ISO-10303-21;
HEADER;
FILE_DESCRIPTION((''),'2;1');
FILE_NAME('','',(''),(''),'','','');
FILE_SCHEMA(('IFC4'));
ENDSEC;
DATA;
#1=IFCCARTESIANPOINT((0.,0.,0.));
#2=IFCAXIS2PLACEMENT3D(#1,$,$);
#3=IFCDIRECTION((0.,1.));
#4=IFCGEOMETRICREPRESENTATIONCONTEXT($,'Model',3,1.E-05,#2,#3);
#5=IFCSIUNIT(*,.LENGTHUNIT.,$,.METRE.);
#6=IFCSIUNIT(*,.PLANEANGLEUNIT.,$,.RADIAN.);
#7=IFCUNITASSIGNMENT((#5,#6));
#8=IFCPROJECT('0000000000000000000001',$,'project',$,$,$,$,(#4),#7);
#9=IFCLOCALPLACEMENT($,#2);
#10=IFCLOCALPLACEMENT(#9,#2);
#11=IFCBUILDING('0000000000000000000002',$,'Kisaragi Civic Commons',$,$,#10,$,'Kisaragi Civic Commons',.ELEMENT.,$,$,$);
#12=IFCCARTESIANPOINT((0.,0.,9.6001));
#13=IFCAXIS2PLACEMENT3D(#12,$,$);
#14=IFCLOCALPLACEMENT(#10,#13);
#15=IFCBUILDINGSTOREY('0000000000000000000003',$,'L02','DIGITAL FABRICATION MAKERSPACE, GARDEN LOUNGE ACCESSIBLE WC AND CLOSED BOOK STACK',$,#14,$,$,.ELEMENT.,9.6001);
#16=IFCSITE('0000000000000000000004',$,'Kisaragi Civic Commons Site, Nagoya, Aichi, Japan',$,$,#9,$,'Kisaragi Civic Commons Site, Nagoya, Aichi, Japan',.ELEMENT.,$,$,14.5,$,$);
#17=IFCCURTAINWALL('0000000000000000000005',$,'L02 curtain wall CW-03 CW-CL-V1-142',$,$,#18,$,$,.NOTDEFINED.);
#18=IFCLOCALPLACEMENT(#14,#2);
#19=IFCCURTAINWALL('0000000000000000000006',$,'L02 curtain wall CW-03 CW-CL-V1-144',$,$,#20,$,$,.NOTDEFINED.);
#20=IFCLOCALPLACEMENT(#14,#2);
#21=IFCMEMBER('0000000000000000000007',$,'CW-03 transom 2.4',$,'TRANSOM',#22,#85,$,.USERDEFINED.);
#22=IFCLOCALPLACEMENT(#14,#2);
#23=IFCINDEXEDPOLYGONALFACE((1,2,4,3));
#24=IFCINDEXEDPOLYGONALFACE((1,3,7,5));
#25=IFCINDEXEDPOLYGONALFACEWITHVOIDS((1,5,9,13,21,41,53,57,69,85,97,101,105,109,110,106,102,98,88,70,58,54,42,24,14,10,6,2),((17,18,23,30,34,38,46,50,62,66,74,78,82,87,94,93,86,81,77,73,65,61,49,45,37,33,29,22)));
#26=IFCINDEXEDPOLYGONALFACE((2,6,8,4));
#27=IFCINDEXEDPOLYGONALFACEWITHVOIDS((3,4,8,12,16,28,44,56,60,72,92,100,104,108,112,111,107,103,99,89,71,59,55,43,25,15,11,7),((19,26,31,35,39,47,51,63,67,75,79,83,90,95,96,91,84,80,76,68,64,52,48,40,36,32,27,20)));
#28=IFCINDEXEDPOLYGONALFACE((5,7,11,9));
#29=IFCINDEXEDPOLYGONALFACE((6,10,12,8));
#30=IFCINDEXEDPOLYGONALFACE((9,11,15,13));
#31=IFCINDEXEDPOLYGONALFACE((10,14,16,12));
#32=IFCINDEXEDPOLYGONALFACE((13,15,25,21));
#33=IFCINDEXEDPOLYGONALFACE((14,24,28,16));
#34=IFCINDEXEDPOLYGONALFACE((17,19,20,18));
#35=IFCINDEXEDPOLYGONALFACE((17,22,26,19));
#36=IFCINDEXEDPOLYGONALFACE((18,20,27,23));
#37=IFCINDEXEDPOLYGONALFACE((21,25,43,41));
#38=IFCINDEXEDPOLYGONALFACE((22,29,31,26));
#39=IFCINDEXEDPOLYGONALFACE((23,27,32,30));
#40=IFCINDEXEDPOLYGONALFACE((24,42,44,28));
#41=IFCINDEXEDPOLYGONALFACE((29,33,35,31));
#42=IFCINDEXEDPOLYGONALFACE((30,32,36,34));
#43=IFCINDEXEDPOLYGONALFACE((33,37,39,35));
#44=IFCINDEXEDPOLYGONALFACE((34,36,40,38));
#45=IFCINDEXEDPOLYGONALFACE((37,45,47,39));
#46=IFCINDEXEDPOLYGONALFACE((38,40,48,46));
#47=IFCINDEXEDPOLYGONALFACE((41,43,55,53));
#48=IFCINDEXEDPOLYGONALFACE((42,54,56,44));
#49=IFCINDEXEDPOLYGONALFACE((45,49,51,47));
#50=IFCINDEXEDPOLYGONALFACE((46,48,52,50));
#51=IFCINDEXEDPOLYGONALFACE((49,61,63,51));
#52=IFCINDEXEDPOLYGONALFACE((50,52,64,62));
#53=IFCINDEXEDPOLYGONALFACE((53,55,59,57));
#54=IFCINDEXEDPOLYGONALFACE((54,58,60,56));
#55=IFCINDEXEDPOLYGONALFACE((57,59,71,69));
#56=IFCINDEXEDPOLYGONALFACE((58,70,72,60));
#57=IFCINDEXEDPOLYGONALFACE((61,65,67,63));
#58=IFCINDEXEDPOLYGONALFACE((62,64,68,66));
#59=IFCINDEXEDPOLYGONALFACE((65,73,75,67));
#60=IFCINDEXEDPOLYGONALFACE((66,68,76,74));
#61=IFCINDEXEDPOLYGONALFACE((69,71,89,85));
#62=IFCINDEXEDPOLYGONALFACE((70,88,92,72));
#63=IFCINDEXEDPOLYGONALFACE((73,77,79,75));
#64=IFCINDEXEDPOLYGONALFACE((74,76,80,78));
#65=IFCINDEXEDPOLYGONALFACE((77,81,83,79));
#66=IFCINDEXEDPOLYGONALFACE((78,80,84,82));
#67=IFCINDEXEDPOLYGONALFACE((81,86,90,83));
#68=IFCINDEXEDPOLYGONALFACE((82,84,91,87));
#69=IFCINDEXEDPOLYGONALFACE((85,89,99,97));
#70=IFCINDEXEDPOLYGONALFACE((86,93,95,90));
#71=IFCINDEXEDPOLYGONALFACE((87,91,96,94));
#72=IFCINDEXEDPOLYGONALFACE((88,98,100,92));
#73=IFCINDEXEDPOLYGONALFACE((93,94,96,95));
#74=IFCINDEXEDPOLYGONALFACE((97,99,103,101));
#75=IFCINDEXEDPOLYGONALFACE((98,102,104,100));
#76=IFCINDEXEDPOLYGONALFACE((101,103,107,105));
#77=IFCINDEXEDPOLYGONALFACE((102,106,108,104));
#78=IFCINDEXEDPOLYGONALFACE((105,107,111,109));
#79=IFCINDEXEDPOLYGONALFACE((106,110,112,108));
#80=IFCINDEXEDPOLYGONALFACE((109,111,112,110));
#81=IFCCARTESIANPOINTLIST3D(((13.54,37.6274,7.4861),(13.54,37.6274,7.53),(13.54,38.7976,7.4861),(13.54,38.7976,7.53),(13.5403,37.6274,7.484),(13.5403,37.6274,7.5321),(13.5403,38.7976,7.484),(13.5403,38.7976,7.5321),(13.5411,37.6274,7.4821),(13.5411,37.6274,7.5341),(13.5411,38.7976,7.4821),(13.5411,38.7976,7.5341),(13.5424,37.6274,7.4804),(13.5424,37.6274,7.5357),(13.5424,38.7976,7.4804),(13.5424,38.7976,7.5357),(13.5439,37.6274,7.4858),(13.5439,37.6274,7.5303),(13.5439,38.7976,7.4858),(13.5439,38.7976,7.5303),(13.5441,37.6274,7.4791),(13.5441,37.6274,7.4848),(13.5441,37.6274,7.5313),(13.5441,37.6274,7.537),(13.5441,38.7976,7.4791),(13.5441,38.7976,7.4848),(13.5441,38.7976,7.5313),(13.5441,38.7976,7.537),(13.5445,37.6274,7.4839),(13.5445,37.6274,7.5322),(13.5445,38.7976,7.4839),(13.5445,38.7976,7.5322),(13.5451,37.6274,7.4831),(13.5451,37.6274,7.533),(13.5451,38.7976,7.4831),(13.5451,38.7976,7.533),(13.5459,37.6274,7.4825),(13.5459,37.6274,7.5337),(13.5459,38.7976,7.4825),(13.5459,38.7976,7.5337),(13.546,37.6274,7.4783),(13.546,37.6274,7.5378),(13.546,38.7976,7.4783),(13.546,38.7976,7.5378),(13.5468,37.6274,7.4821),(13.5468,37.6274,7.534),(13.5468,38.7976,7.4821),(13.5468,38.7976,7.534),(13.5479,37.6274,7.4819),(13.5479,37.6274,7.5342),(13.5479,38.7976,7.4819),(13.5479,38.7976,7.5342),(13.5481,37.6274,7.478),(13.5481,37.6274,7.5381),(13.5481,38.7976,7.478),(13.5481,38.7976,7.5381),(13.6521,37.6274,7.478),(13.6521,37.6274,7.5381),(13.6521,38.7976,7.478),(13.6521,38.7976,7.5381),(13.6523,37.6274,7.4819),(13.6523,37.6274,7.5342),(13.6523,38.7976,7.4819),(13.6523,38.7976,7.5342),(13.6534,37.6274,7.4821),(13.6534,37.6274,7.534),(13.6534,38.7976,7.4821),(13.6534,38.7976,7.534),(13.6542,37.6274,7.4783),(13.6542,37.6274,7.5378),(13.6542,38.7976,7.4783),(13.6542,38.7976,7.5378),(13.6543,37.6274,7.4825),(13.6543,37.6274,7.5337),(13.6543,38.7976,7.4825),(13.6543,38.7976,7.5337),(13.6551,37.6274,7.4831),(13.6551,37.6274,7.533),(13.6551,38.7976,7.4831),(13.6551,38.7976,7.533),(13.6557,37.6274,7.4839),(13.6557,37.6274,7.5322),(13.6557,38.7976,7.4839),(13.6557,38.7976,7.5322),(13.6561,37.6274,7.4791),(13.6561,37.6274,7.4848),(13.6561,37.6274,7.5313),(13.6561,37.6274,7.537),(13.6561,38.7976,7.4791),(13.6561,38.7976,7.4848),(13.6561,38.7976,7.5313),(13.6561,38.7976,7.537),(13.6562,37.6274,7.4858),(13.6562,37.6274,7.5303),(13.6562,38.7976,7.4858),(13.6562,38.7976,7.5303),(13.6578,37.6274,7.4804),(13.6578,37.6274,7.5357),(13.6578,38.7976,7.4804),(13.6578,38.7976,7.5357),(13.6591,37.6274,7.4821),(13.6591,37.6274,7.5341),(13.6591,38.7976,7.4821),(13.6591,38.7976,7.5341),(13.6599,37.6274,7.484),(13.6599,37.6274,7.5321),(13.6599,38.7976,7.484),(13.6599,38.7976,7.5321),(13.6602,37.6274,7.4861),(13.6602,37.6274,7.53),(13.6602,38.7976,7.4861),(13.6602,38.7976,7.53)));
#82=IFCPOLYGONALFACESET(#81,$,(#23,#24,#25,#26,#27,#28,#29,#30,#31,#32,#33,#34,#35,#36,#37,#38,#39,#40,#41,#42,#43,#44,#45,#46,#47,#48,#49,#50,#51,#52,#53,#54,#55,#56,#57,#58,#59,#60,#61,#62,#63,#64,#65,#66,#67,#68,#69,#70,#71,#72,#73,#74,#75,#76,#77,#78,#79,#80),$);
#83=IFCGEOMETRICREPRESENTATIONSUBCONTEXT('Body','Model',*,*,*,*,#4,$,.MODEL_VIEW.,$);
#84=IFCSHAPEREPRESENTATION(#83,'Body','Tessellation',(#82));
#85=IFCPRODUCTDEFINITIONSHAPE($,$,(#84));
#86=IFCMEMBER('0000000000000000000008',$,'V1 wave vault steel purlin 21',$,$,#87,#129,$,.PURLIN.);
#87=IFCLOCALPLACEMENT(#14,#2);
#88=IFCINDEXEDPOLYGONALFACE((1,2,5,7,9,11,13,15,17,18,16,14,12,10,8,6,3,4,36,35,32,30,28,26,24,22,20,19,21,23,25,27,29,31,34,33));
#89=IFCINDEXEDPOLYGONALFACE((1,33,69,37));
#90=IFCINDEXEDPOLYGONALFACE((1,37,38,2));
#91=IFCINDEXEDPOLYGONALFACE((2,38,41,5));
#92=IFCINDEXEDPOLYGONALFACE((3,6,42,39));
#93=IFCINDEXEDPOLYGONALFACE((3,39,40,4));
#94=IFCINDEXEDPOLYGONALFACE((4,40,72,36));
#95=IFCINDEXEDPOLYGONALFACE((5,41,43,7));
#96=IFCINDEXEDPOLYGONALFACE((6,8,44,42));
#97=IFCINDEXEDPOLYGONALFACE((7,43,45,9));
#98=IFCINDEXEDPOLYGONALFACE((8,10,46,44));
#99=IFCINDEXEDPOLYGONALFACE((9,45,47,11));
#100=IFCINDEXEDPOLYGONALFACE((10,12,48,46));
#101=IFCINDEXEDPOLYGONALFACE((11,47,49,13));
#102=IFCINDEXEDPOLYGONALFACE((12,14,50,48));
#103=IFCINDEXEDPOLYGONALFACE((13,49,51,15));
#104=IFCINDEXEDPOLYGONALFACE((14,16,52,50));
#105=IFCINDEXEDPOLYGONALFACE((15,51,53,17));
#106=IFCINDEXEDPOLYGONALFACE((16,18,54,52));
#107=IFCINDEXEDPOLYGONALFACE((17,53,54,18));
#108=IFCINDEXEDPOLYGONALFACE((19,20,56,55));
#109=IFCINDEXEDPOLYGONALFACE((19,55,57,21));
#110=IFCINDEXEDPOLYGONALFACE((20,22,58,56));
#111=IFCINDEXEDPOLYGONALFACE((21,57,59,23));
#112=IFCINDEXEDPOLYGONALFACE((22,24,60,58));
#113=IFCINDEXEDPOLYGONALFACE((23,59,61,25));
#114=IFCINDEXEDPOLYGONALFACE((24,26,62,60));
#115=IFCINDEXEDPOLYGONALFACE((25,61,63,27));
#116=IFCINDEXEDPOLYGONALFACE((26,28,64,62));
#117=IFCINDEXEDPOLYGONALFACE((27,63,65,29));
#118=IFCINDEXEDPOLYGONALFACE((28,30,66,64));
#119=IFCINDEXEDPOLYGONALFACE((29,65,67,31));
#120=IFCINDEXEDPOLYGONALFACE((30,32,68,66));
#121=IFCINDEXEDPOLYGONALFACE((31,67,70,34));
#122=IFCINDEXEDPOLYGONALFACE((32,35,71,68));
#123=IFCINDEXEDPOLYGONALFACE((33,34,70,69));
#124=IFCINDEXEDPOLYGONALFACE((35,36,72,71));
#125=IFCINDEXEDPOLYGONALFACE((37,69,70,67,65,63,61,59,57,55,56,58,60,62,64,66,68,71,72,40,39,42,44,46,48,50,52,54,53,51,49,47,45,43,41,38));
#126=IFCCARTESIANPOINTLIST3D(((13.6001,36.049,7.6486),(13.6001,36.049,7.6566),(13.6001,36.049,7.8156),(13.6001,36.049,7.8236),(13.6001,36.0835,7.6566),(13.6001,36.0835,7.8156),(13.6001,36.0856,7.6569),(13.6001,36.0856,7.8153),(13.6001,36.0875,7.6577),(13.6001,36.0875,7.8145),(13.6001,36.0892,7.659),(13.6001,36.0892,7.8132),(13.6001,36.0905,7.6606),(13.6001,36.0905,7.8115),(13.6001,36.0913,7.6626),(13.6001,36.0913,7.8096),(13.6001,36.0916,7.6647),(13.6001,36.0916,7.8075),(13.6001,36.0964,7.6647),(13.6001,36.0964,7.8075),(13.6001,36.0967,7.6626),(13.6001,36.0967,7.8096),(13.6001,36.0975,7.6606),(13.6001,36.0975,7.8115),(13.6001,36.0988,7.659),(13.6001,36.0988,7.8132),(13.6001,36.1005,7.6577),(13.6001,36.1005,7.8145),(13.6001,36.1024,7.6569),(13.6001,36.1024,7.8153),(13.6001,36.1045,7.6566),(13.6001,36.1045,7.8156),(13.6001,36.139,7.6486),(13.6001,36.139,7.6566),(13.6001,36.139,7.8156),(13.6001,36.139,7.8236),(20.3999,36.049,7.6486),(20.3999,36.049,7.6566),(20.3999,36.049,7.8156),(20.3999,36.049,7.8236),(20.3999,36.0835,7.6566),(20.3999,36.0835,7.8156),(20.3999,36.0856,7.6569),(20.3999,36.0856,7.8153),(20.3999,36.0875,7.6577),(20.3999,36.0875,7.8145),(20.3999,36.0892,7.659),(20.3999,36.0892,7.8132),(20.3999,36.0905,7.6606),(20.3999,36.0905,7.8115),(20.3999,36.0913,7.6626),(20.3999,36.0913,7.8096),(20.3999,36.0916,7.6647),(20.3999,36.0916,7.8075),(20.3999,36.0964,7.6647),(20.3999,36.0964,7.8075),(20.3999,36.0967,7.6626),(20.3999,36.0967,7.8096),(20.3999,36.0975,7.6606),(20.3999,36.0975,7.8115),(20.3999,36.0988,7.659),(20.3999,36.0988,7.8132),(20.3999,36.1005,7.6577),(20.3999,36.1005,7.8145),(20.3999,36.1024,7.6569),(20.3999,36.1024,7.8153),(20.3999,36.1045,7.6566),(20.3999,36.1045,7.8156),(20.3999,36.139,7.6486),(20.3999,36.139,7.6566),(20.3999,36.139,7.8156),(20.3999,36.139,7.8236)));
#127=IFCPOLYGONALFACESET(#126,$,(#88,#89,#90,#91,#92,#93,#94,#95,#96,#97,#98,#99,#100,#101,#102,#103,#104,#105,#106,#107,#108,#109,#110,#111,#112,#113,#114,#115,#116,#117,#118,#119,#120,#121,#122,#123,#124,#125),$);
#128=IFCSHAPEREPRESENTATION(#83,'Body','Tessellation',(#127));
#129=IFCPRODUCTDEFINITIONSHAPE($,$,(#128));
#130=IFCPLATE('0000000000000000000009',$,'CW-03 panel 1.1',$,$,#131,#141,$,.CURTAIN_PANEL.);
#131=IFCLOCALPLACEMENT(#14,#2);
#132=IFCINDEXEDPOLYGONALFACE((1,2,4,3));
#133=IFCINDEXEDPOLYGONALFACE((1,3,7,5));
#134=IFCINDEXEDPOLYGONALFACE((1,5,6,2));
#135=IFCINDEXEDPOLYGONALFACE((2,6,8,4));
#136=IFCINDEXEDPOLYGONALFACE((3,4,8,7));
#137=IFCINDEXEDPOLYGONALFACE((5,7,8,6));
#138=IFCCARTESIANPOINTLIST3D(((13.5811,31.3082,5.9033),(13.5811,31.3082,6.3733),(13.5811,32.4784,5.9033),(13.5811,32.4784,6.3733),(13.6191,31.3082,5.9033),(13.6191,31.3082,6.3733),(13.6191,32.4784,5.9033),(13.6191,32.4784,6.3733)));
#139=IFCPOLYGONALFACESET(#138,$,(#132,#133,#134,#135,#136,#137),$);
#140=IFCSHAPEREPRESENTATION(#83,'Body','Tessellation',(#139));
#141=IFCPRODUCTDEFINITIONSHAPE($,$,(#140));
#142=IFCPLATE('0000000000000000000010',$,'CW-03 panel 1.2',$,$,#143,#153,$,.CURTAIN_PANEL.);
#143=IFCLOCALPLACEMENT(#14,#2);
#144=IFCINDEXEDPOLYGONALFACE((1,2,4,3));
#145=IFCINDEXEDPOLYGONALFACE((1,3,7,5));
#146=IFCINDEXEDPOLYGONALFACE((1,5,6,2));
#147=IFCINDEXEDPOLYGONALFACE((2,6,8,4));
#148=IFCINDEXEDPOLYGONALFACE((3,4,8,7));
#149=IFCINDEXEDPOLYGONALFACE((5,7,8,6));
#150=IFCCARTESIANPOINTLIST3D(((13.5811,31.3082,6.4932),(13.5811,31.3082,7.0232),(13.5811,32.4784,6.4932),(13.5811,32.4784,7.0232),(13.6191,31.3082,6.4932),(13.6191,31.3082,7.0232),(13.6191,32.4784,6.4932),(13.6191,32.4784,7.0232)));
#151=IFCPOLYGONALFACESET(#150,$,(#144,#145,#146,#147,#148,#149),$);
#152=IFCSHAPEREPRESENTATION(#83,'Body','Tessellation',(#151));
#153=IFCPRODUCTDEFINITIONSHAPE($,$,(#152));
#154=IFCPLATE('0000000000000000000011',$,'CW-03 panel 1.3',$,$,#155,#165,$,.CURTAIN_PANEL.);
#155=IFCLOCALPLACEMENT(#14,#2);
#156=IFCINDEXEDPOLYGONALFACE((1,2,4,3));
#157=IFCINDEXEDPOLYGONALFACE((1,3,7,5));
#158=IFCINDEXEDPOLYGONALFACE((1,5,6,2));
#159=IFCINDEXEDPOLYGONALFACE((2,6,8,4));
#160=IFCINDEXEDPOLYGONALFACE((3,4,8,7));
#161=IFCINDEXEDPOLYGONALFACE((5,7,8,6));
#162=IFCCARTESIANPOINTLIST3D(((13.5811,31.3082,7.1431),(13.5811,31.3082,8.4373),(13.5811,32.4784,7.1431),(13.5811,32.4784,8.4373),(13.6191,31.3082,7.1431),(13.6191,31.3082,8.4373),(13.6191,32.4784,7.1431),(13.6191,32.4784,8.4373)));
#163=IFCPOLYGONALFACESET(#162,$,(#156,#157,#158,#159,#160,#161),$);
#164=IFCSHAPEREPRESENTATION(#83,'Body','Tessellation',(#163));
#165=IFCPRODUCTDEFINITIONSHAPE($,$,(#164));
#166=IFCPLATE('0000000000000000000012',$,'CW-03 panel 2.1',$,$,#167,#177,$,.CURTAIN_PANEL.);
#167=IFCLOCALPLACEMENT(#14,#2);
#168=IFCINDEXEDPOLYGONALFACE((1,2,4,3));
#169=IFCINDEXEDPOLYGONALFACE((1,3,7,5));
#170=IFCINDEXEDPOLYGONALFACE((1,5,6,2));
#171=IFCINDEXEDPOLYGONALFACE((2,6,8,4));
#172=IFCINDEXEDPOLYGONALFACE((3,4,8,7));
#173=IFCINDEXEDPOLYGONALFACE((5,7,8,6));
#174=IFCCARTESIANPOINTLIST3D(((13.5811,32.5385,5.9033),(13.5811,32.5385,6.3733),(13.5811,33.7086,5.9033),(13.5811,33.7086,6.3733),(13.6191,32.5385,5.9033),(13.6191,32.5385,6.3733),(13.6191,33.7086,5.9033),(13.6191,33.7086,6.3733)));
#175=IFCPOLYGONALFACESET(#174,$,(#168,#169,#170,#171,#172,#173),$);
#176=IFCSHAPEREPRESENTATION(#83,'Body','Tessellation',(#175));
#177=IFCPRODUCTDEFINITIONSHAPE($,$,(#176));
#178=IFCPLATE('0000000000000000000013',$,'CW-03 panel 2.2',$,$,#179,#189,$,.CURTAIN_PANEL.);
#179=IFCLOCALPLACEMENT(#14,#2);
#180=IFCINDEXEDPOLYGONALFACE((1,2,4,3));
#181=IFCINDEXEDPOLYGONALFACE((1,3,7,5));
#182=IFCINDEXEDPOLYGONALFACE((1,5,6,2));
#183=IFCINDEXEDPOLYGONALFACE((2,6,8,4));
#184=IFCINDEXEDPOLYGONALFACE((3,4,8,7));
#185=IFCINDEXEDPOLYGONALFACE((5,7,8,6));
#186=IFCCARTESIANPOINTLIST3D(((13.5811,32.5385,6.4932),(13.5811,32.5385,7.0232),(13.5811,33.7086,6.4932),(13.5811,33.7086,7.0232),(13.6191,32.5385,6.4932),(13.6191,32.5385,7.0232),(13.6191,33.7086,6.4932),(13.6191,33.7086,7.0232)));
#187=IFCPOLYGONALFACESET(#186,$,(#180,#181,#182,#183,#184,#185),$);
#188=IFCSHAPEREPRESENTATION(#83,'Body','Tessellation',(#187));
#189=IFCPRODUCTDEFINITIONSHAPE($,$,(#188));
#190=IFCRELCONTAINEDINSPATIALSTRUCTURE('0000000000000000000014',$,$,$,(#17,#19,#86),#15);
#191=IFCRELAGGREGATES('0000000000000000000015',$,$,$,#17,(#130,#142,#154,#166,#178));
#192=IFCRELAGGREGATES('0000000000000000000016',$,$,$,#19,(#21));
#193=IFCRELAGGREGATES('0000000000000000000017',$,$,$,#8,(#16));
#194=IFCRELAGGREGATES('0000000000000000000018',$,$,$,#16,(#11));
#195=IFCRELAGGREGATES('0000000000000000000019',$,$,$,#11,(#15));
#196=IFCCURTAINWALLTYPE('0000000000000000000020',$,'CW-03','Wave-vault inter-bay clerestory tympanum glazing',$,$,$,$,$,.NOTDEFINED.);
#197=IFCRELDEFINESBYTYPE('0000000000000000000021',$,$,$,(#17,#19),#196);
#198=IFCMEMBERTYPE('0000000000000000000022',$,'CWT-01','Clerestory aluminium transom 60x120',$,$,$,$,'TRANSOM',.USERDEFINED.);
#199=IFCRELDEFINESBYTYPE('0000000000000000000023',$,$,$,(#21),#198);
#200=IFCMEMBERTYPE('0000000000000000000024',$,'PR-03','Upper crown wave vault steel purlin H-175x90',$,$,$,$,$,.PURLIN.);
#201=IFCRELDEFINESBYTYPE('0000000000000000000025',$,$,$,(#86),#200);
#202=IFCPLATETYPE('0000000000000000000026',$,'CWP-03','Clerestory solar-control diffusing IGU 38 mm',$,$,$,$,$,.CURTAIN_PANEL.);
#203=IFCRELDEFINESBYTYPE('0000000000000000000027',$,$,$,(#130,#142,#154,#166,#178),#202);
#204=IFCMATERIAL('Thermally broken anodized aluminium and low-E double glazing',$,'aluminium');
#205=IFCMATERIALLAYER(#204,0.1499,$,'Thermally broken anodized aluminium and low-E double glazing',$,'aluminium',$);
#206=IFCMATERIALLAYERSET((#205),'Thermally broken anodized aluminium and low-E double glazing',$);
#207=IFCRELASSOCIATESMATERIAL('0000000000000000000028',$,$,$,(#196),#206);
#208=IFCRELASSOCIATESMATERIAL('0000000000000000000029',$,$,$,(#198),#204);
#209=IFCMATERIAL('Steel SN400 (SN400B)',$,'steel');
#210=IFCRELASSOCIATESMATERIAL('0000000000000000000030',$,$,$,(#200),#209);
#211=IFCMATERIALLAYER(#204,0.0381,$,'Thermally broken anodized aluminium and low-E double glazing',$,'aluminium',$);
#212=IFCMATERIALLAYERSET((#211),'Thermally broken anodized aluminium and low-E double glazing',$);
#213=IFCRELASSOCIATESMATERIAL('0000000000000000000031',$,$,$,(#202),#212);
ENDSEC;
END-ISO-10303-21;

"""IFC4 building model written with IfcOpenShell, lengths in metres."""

from ifc_helpers import new_model, si_unit, direction, frame, origin, origin_2d, place, context, subcontext, project, spatial, rectangle, hollow_rectangle, i_section, extrude, material, layer, layer_set, material_profile, profile_set, type_object, element, aggregate, save


model = new_model("IFC4")

# Units and contexts
model_context = context("Model", 3, precision=1e-05, world=origin(), true_north=direction((0.0, 1.0)))
body_context = subcontext(model_context, "Body", "Model", "MODEL_VIEW")
ifc_project = project(units=[si_unit("LENGTHUNIT", "METRE"), si_unit("PLANEANGLEUNIT", "RADIAN")], contexts=[model_context])

# Site, building, storey
site_placement = place(None, origin())
site = spatial("IfcSite", under=ifc_project, at=site_placement, Name="Kisaragi Civic Commons Site, Nagoya, Aichi, Japan", LongName="Kisaragi Civic Commons Site, Nagoya, Aichi, Japan", CompositionType="ELEMENT", RefElevation=14.5)
building_placement = place(site_placement, origin())
building = spatial("IfcBuilding", under=site, at=building_placement, Name="Kisaragi Civic Commons", LongName="Kisaragi Civic Commons", CompositionType="ELEMENT")
storey_placement = place(building_placement, frame((0.0, 0.0, 9.6001)))
storey = spatial("IfcBuildingStorey", under=building, at=storey_placement, Name="L02", Description="DIGITAL FABRICATION MAKERSPACE, GARDEN LOUNGE ACCESSIBLE WC AND CLOSED BOOK STACK", CompositionType="ELEMENT", Elevation=9.6001)

# Curtain wall
ifc_material_1 = material(Name="Thermally broken anodized aluminium and low-E double glazing", Category="aluminium")
ifc_layer_1 = layer(ifc_material_1, 0.1499, Name="Thermally broken anodized aluminium and low-E double glazing", Category="aluminium")
ifc_layer_set_1 = layer_set([ifc_layer_1], Name="Thermally broken anodized aluminium and low-E double glazing")
curtain_wall_type = type_object("IfcCurtainWallType", Name="CW-03", Description="Wave-vault inter-bay clerestory tympanum glazing", PredefinedType="NOTDEFINED", material=ifc_layer_set_1)
curtain_wall_1_placement = place(storey_placement, origin())
curtain_wall_1 = element("IfcCurtainWall", 1, at=curtain_wall_1_placement, inside=storey, type_object=curtain_wall_type, Name="L02 curtain wall CW-03 CW-CL-V1-142", PredefinedType="NOTDEFINED")
ifc_material_profile_1 = material_profile(ifc_material_1, hollow_rectangle(XDim=0.1201, YDim=0.0601, WallThickness=0.0039, InnerFilletRadius=0.0039, OuterFilletRadius=0.0081, at=origin_2d()), Name="CWT-60x120x4", Category="aluminium")
ifc_profile_set_1 = profile_set([ifc_material_profile_1], Name="Thermally broken anodized aluminium and low-E double glazing")
member_type_1 = type_object("IfcMemberType", Name="CWT-01", Description="Clerestory aluminium transom 60x120", ElementType="TRANSOM", PredefinedType="USERDEFINED", material=ifc_profile_set_1)

# Curtain wall, member
curtain_wall_2_placement = place(storey_placement, origin())
curtain_wall_2 = element("IfcCurtainWall", 2, at=curtain_wall_2_placement, inside=storey, type_object=curtain_wall_type, Name="L02 curtain wall CW-03 CW-CL-V1-144", PredefinedType="NOTDEFINED")
member_1_placement = place(storey_placement, frame((13.6001, 37.6274, 7.5081), z_axis=(0.0, 1.0, 0.0), x_axis=(-1.0, 0.0, 0.0)))
member_1 = element("IfcMember", 3, at=member_1_placement, type_object=member_type_1, Name="CW-03 transom 2.4", ObjectType="TRANSOM", PredefinedType="USERDEFINED", context=body_context, shape_type="SweptSolid", body=[
    extrude(hollow_rectangle(XDim=0.1201, YDim=0.0601, WallThickness=0.0039, InnerFilletRadius=0.0039, OuterFilletRadius=0.0081, at=origin_2d()), origin(), (0.0, 0.0, 1.0), 1.1702),
])

# Member
ifc_material_2 = material(Name="Steel SN400 (SN400B)", Category="steel")
ifc_material_profile_2 = material_profile(ifc_material_2, i_section(OverallWidth=0.0901, OverallDepth=0.175, WebThickness=0.0049, FlangeThickness=0.0081, FilletRadius=0.0081, at=origin_2d()), Name="H-175x90x5x8", Category="steel")
ifc_profile_set_2 = profile_set([ifc_material_profile_2], Name="Steel SN400 (SN400B)")
member_type_2 = type_object("IfcMemberType", Name="PR-03", Description="Upper crown wave vault steel purlin H-175x90", PredefinedType="PURLIN", material=ifc_profile_set_2)
member_2_placement = place(storey_placement, frame((13.6001, 36.094, 7.7361), z_axis=(1.0, 0.0, 0.0), x_axis=(0.0, 1.0, 0.0)))
element("IfcMember", 4, at=member_2_placement, inside=storey, type_object=member_type_2, Name="V1 wave vault steel purlin 21", PredefinedType="PURLIN", context=body_context, shape_type="SweptSolid", body=[
    extrude(i_section(OverallWidth=0.0901, OverallDepth=0.175, WebThickness=0.0049, FlangeThickness=0.0081, FilletRadius=0.0081, at=origin_2d()), origin(), (0.0, 0.0, 1.0), 6.7998),
])

# Plates
ifc_layer_2 = layer(ifc_material_1, 0.0381, Name="Thermally broken anodized aluminium and low-E double glazing", Category="aluminium")
ifc_layer_set_2 = layer_set([ifc_layer_2], Name="Thermally broken anodized aluminium and low-E double glazing")
plate_type_1 = type_object("IfcPlateType", Name="CWP-03", Description="Clerestory solar-control diffusing IGU 38 mm", PredefinedType="CURTAIN_PANEL", material=ifc_layer_set_2)
plate_1_placement = place(storey_placement, frame((13.6001, 31.8933, 5.9033), z_axis=(0.0, 0.0, 1.0), x_axis=(0.0, 1.0, 0.0)))
plate_1 = element("IfcPlate", 5, at=plate_1_placement, type_object=plate_type_1, Name="CW-03 panel 1.1", PredefinedType="CURTAIN_PANEL", context=body_context, shape_type="SweptSolid", body=[
    extrude(rectangle(XDim=1.1702, YDim=0.0381, at=origin_2d()), origin(), (0.0, 0.0, 1.0), 0.47),
])
plate_2_placement = place(storey_placement, frame((13.6001, 31.8933, 6.4932), z_axis=(0.0, 0.0, 1.0), x_axis=(0.0, 1.0, 0.0)))
plate_2 = element("IfcPlate", 6, at=plate_2_placement, type_object=plate_type_1, Name="CW-03 panel 1.2", PredefinedType="CURTAIN_PANEL", context=body_context, shape_type="SweptSolid", body=[
    extrude(rectangle(XDim=1.1702, YDim=0.0381, at=origin_2d()), origin(), (0.0, 0.0, 1.0), 0.53),
])
plate_3_placement = place(storey_placement, frame((13.6001, 31.8933, 7.1431), z_axis=(0.0, 0.0, 1.0), x_axis=(0.0, 1.0, 0.0)))
plate_3 = element("IfcPlate", 7, at=plate_3_placement, type_object=plate_type_1, Name="CW-03 panel 1.3", PredefinedType="CURTAIN_PANEL", context=body_context, shape_type="SweptSolid", body=[
    extrude(rectangle(XDim=1.1702, YDim=0.0381, at=origin_2d()), origin(), (0.0, 0.0, 1.0), 1.2942),
])
plate_4_placement = place(storey_placement, frame((13.6001, 33.1235, 5.9033), z_axis=(0.0, 0.0, 1.0), x_axis=(0.0, 1.0, 0.0)))
plate_4 = element("IfcPlate", 8, at=plate_4_placement, type_object=plate_type_1, Name="CW-03 panel 2.1", PredefinedType="CURTAIN_PANEL", context=body_context, shape_type="SweptSolid", body=[
    extrude(rectangle(XDim=1.1702, YDim=0.0381, at=origin_2d()), origin(), (0.0, 0.0, 1.0), 0.47),
])
plate_5_placement = place(storey_placement, frame((13.6001, 33.1235, 6.4932), z_axis=(0.0, 0.0, 1.0), x_axis=(0.0, 1.0, 0.0)))
plate_5 = element("IfcPlate", 9, at=plate_5_placement, type_object=plate_type_1, Name="CW-03 panel 2.2", PredefinedType="CURTAIN_PANEL", context=body_context, shape_type="SweptSolid", body=[
    extrude(rectangle(XDim=1.1702, YDim=0.0381, at=origin_2d()), origin(), (0.0, 0.0, 1.0), 0.53),
])
aggregate(curtain_wall_1, [plate_1, plate_2, plate_3, plate_4, plate_5])
aggregate(curtain_wall_2, [member_1])

save(model, "model.ifc")
